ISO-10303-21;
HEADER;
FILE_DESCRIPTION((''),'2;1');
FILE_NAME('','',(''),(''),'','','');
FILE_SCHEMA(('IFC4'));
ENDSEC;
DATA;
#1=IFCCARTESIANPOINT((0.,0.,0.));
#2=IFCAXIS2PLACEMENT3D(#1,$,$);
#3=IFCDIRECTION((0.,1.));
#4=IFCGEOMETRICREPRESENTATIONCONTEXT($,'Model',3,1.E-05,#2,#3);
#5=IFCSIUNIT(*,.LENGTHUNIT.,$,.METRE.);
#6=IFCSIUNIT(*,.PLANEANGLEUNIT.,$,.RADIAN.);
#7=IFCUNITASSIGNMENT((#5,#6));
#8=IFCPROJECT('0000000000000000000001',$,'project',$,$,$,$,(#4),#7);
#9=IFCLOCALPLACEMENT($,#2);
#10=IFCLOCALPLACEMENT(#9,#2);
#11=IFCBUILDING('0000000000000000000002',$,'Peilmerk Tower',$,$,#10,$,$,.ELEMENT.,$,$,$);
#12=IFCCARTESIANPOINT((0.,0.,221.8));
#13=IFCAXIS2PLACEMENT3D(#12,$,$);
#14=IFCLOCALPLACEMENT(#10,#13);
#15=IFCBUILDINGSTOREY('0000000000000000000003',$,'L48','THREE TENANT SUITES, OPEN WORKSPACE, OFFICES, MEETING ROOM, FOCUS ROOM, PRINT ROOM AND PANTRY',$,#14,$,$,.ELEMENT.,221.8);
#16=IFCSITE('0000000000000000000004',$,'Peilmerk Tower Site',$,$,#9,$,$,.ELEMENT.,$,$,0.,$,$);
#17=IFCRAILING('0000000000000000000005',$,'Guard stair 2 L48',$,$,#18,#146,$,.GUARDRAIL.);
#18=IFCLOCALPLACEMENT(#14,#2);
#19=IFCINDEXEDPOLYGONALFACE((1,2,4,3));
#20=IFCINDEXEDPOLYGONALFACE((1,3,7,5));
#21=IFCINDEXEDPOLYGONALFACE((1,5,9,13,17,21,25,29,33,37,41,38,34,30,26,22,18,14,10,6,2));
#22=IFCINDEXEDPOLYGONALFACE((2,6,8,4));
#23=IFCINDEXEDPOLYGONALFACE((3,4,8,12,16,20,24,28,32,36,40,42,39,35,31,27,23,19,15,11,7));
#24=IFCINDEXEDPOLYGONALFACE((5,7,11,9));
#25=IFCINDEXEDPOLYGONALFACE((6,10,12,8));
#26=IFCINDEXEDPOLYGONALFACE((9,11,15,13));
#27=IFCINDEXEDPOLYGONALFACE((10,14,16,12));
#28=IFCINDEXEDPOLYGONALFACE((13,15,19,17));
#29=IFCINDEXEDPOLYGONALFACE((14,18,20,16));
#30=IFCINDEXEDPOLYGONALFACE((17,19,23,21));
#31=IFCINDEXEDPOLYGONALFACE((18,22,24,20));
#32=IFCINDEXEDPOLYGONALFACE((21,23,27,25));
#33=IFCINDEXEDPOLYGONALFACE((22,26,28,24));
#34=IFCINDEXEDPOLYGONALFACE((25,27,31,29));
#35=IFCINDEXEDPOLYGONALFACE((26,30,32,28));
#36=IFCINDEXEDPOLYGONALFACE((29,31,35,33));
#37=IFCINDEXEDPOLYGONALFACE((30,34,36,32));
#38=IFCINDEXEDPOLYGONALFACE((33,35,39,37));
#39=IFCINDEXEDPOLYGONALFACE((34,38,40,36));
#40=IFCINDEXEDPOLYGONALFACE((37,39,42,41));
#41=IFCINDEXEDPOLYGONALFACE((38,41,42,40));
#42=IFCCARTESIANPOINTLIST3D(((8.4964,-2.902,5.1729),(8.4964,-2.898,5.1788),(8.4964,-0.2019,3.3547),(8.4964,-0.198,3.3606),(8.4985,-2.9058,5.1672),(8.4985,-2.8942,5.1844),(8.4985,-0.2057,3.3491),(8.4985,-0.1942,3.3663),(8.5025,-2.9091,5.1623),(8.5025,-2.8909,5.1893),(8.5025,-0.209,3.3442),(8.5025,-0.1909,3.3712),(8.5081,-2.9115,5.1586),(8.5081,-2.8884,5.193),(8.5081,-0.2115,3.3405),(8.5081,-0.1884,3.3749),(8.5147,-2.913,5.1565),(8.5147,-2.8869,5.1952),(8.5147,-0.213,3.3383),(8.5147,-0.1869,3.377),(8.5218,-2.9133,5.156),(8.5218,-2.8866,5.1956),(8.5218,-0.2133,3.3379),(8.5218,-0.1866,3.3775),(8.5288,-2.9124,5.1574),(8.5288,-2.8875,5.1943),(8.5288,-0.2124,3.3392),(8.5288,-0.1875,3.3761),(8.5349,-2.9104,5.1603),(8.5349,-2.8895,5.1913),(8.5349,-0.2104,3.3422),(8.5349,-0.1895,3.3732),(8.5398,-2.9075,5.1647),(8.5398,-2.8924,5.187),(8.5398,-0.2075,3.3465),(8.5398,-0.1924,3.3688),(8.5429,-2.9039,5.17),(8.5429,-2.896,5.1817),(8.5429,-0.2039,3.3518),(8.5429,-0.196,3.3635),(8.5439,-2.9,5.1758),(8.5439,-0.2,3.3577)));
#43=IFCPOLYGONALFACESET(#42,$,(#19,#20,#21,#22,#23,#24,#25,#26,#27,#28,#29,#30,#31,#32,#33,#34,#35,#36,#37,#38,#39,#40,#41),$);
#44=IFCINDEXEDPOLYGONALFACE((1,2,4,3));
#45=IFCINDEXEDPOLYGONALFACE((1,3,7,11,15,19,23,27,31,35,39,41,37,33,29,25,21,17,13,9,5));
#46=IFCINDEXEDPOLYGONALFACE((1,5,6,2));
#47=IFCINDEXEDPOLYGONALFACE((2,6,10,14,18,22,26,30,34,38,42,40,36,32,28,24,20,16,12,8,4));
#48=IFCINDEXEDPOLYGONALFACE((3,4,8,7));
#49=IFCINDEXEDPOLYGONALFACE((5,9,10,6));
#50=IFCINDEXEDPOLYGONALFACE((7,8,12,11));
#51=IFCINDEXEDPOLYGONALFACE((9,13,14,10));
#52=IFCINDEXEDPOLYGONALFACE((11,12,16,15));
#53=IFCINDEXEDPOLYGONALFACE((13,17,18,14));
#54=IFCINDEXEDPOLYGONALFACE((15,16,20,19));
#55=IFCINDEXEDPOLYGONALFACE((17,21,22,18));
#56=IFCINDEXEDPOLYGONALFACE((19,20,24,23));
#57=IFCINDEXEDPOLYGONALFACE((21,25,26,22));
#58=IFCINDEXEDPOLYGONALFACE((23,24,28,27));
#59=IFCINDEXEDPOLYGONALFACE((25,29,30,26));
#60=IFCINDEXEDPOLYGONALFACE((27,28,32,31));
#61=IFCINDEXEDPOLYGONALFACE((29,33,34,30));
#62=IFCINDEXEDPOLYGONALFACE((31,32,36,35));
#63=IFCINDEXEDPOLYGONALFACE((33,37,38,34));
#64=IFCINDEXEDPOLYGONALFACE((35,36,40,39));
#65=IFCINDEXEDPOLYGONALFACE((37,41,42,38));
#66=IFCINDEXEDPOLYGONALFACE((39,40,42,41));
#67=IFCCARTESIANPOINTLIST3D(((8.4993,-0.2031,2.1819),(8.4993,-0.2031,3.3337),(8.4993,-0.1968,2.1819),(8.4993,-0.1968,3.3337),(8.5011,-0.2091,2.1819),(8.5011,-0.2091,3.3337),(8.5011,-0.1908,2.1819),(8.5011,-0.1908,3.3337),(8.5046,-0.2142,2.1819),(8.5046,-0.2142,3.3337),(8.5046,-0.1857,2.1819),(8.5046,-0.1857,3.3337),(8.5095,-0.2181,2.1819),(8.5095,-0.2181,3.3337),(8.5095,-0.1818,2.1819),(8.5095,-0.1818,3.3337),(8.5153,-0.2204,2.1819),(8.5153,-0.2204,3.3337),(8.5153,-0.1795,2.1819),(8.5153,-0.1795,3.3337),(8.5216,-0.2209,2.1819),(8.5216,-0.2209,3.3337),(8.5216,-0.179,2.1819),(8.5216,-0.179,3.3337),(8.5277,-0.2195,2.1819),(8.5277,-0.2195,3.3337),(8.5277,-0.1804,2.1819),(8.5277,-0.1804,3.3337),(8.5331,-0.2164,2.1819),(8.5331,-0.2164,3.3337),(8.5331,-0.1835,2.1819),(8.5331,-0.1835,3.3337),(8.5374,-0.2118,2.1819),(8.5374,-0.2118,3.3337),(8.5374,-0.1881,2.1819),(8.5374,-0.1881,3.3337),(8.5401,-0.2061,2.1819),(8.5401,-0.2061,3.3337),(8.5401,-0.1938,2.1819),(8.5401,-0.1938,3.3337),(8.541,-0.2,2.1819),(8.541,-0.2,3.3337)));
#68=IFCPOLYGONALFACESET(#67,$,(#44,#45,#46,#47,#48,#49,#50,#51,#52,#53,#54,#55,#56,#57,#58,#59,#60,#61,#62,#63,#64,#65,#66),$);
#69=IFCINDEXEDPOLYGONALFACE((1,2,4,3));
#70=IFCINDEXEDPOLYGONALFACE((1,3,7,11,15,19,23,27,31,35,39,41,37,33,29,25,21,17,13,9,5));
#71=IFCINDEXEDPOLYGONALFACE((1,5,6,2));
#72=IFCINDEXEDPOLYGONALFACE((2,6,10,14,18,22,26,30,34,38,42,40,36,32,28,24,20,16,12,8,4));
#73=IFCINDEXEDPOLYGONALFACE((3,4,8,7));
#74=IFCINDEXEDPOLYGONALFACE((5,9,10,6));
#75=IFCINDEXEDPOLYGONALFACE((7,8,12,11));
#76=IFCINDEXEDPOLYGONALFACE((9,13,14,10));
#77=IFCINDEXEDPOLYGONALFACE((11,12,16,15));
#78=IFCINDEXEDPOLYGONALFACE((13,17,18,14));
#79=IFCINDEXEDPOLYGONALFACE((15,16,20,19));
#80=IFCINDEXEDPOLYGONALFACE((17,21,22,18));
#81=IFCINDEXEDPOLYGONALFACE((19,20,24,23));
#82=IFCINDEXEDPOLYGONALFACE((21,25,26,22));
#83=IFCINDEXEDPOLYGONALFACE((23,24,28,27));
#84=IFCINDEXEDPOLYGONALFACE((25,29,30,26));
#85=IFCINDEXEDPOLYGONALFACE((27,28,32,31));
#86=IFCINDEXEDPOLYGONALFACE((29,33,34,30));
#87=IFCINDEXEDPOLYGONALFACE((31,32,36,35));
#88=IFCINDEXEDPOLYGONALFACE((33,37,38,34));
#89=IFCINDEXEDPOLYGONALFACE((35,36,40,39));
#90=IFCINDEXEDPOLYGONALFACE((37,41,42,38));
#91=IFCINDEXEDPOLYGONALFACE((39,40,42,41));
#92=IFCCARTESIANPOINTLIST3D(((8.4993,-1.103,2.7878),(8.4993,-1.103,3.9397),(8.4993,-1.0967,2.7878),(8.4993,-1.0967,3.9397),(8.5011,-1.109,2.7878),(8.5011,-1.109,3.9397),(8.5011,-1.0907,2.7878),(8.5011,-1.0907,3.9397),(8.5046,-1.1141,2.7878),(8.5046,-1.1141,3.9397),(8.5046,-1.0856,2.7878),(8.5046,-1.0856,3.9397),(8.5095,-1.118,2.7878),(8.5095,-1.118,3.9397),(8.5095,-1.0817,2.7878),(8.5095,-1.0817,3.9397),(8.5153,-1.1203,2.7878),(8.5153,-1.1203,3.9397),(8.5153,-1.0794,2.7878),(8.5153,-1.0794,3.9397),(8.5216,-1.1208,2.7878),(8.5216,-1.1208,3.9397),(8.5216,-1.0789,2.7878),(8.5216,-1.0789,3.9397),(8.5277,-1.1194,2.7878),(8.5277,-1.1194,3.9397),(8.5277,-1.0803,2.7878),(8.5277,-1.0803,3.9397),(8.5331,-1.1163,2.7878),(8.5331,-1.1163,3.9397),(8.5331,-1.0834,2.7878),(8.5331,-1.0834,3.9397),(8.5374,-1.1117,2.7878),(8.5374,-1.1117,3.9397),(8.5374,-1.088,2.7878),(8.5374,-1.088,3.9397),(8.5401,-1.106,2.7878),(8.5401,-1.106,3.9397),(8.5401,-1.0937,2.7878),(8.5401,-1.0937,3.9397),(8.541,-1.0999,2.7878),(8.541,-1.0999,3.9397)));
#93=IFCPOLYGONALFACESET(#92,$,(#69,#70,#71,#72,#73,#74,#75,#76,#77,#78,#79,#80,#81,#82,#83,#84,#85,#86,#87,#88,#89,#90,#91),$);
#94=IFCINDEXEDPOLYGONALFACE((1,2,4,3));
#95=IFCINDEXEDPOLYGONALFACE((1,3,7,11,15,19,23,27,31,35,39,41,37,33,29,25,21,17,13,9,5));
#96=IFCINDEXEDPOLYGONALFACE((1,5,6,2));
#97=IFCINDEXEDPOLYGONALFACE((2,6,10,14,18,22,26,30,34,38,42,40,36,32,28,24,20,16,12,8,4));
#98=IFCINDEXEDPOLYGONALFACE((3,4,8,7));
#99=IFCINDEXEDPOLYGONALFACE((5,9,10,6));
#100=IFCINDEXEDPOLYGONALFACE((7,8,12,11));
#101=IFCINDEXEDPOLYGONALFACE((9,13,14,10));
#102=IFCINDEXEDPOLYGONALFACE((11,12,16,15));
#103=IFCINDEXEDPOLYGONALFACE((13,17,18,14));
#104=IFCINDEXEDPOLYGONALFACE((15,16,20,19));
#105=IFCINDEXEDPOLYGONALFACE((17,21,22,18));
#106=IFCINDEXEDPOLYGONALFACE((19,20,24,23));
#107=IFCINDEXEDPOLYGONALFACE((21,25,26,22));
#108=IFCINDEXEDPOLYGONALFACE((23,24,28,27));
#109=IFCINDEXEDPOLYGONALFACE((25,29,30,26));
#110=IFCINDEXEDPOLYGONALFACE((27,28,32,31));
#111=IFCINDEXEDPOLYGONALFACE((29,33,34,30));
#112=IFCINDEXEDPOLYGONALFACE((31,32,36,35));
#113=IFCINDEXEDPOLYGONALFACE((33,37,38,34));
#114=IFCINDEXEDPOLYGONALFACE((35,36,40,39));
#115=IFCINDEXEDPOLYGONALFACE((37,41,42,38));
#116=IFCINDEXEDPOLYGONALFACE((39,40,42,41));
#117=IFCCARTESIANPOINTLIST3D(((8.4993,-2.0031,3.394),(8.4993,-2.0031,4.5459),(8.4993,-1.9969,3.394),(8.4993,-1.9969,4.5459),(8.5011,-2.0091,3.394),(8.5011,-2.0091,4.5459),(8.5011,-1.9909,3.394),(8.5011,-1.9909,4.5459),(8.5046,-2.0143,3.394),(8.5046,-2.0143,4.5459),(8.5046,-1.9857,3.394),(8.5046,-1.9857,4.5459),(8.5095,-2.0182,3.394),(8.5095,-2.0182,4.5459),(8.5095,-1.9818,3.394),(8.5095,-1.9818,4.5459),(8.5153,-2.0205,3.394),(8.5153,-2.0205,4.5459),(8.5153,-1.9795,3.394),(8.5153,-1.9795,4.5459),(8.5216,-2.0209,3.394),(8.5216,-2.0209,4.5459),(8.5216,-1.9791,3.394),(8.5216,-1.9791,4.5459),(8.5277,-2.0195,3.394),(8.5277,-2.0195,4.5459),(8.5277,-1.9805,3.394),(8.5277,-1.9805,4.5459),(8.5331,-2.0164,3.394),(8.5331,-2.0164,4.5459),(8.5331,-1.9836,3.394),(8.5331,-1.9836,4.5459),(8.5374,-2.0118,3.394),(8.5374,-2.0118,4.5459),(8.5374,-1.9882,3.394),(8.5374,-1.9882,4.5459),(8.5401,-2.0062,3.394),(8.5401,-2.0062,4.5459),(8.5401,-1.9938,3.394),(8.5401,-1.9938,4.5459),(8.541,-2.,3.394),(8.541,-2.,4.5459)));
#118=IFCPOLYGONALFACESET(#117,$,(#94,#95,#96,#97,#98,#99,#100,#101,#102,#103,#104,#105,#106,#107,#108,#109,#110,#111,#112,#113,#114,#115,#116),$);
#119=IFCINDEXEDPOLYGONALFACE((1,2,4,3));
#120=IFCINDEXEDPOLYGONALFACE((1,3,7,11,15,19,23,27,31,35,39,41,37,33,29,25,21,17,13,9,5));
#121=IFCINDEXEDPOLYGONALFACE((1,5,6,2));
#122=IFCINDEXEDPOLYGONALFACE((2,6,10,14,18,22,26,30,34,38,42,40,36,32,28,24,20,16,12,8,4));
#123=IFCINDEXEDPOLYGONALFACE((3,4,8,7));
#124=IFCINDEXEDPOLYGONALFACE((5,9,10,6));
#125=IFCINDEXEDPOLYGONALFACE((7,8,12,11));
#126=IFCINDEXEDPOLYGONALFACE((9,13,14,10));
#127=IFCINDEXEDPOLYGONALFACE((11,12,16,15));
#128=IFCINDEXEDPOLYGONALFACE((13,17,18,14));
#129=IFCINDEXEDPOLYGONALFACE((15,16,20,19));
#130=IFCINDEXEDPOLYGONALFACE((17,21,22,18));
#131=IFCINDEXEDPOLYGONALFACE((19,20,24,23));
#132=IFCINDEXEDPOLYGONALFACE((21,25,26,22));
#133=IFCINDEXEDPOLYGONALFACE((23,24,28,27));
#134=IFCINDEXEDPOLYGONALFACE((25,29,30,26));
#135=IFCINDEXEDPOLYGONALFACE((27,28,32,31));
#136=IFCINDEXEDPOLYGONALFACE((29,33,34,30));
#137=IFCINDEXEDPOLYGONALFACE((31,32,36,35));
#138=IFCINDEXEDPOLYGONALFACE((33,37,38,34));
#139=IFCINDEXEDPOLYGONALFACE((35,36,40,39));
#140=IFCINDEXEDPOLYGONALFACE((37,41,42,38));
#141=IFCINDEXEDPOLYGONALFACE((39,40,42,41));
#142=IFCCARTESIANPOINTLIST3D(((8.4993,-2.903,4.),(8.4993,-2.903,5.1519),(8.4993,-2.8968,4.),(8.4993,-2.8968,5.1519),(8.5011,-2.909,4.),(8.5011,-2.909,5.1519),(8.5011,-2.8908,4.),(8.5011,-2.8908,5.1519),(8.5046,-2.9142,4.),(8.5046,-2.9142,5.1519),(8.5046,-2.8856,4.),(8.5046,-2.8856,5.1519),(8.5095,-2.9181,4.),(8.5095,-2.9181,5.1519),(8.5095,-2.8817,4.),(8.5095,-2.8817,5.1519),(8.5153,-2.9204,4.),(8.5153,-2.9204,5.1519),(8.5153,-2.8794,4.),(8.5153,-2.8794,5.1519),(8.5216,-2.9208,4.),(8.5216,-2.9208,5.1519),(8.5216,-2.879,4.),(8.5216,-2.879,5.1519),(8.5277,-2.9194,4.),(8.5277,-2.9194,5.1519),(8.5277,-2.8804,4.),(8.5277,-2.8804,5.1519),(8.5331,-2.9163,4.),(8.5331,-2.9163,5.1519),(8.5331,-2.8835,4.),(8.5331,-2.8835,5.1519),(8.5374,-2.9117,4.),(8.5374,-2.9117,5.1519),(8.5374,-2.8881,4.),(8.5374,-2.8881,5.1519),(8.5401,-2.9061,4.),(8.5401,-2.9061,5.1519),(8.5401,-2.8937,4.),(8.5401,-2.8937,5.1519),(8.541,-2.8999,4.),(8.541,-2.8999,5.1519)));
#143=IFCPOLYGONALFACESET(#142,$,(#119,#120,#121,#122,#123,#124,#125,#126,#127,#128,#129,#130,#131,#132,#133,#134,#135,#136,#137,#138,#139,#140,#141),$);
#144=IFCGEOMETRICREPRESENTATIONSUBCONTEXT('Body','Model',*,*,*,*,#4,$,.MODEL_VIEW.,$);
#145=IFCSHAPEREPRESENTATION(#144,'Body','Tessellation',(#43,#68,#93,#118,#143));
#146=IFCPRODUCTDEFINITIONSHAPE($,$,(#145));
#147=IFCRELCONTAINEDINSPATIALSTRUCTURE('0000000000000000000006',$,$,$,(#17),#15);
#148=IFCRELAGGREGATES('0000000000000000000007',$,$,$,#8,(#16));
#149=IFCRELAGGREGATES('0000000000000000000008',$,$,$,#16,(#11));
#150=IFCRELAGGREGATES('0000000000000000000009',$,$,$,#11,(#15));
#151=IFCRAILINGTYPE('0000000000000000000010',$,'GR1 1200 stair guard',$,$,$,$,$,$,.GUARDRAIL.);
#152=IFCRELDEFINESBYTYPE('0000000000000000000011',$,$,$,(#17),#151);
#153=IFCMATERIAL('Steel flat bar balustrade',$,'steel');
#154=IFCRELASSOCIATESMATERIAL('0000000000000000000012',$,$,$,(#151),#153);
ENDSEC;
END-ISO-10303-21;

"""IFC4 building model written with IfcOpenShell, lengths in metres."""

from ifc_helpers import new_model, si_unit, direction, frame, origin, origin_2d, place, context, subcontext, project, spatial, circle, extrude, material, type_object, element, save


model = new_model("IFC4")

# Units and contexts
model_context = context("Model", 3, precision=1e-05, world=origin(), true_north=direction((0.0, 1.0)))
body_context = subcontext(model_context, "Body", "Model", "MODEL_VIEW")
ifc_project = project(units=[si_unit("LENGTHUNIT", "METRE"), si_unit("PLANEANGLEUNIT", "RADIAN")], contexts=[model_context])

# Site, building, storey
site_placement = place(None, origin())
site = spatial("IfcSite", under=ifc_project, at=site_placement, Name="Peilmerk Tower Site", CompositionType="ELEMENT", RefElevation=0.0)
building_placement = place(site_placement, origin())
building = spatial("IfcBuilding", under=site, at=building_placement, Name="Peilmerk Tower", CompositionType="ELEMENT")
storey_placement = place(building_placement, frame((0.0, 0.0, 221.8)))
storey = spatial("IfcBuildingStorey", under=building, at=storey_placement, Name="L48", Description="THREE TENANT SUITES, OPEN WORKSPACE, OFFICES, MEETING ROOM, FOCUS ROOM, PRINT ROOM AND PANTRY", CompositionType="ELEMENT", Elevation=221.8)

# Railing
ifc_material_1 = material(Name="Steel flat bar balustrade", Category="steel")
railing_type_1 = type_object("IfcRailingType", Name="GR1 1200 stair guard", PredefinedType="GUARDRAIL", material=ifc_material_1)
railing_1_placement = place(storey_placement, frame((8.52, -0.2, 2.1819)))
element("IfcRailing", 1, at=railing_1_placement, inside=storey, type_object=railing_type_1, Name="Guard stair 2 L48", PredefinedType="GUARDRAIL", context=body_context, shape_type="SweptSolid", body=[
    extrude(circle(Radius=0.0239, at=origin_2d()), frame((0.0, 0.0, 1.1758), z_axis=(0.0, -0.829468, 0.558554), x_axis=(1.0, 0.0, 0.0)), (0.0, 0.0, 1.0), 3.2551),
    extrude(circle(Radius=0.021, at=origin_2d()), origin(), (0.0, 0.0, 1.0), 1.1519),
    extrude(circle(Radius=0.021, at=origin_2d()), frame((0.0, -0.8999, 0.606)), (0.0, 0.0, 1.0), 1.1519),
    extrude(circle(Radius=0.021, at=origin_2d()), frame((0.0, -1.8, 1.2122)), (0.0, 0.0, 1.0), 1.1519),
    extrude(circle(Radius=0.021, at=origin_2d()), frame((0.0, -2.7, 1.8181)), (0.0, 0.0, 1.0), 1.1519),
])

save(model, "model.ifc")
